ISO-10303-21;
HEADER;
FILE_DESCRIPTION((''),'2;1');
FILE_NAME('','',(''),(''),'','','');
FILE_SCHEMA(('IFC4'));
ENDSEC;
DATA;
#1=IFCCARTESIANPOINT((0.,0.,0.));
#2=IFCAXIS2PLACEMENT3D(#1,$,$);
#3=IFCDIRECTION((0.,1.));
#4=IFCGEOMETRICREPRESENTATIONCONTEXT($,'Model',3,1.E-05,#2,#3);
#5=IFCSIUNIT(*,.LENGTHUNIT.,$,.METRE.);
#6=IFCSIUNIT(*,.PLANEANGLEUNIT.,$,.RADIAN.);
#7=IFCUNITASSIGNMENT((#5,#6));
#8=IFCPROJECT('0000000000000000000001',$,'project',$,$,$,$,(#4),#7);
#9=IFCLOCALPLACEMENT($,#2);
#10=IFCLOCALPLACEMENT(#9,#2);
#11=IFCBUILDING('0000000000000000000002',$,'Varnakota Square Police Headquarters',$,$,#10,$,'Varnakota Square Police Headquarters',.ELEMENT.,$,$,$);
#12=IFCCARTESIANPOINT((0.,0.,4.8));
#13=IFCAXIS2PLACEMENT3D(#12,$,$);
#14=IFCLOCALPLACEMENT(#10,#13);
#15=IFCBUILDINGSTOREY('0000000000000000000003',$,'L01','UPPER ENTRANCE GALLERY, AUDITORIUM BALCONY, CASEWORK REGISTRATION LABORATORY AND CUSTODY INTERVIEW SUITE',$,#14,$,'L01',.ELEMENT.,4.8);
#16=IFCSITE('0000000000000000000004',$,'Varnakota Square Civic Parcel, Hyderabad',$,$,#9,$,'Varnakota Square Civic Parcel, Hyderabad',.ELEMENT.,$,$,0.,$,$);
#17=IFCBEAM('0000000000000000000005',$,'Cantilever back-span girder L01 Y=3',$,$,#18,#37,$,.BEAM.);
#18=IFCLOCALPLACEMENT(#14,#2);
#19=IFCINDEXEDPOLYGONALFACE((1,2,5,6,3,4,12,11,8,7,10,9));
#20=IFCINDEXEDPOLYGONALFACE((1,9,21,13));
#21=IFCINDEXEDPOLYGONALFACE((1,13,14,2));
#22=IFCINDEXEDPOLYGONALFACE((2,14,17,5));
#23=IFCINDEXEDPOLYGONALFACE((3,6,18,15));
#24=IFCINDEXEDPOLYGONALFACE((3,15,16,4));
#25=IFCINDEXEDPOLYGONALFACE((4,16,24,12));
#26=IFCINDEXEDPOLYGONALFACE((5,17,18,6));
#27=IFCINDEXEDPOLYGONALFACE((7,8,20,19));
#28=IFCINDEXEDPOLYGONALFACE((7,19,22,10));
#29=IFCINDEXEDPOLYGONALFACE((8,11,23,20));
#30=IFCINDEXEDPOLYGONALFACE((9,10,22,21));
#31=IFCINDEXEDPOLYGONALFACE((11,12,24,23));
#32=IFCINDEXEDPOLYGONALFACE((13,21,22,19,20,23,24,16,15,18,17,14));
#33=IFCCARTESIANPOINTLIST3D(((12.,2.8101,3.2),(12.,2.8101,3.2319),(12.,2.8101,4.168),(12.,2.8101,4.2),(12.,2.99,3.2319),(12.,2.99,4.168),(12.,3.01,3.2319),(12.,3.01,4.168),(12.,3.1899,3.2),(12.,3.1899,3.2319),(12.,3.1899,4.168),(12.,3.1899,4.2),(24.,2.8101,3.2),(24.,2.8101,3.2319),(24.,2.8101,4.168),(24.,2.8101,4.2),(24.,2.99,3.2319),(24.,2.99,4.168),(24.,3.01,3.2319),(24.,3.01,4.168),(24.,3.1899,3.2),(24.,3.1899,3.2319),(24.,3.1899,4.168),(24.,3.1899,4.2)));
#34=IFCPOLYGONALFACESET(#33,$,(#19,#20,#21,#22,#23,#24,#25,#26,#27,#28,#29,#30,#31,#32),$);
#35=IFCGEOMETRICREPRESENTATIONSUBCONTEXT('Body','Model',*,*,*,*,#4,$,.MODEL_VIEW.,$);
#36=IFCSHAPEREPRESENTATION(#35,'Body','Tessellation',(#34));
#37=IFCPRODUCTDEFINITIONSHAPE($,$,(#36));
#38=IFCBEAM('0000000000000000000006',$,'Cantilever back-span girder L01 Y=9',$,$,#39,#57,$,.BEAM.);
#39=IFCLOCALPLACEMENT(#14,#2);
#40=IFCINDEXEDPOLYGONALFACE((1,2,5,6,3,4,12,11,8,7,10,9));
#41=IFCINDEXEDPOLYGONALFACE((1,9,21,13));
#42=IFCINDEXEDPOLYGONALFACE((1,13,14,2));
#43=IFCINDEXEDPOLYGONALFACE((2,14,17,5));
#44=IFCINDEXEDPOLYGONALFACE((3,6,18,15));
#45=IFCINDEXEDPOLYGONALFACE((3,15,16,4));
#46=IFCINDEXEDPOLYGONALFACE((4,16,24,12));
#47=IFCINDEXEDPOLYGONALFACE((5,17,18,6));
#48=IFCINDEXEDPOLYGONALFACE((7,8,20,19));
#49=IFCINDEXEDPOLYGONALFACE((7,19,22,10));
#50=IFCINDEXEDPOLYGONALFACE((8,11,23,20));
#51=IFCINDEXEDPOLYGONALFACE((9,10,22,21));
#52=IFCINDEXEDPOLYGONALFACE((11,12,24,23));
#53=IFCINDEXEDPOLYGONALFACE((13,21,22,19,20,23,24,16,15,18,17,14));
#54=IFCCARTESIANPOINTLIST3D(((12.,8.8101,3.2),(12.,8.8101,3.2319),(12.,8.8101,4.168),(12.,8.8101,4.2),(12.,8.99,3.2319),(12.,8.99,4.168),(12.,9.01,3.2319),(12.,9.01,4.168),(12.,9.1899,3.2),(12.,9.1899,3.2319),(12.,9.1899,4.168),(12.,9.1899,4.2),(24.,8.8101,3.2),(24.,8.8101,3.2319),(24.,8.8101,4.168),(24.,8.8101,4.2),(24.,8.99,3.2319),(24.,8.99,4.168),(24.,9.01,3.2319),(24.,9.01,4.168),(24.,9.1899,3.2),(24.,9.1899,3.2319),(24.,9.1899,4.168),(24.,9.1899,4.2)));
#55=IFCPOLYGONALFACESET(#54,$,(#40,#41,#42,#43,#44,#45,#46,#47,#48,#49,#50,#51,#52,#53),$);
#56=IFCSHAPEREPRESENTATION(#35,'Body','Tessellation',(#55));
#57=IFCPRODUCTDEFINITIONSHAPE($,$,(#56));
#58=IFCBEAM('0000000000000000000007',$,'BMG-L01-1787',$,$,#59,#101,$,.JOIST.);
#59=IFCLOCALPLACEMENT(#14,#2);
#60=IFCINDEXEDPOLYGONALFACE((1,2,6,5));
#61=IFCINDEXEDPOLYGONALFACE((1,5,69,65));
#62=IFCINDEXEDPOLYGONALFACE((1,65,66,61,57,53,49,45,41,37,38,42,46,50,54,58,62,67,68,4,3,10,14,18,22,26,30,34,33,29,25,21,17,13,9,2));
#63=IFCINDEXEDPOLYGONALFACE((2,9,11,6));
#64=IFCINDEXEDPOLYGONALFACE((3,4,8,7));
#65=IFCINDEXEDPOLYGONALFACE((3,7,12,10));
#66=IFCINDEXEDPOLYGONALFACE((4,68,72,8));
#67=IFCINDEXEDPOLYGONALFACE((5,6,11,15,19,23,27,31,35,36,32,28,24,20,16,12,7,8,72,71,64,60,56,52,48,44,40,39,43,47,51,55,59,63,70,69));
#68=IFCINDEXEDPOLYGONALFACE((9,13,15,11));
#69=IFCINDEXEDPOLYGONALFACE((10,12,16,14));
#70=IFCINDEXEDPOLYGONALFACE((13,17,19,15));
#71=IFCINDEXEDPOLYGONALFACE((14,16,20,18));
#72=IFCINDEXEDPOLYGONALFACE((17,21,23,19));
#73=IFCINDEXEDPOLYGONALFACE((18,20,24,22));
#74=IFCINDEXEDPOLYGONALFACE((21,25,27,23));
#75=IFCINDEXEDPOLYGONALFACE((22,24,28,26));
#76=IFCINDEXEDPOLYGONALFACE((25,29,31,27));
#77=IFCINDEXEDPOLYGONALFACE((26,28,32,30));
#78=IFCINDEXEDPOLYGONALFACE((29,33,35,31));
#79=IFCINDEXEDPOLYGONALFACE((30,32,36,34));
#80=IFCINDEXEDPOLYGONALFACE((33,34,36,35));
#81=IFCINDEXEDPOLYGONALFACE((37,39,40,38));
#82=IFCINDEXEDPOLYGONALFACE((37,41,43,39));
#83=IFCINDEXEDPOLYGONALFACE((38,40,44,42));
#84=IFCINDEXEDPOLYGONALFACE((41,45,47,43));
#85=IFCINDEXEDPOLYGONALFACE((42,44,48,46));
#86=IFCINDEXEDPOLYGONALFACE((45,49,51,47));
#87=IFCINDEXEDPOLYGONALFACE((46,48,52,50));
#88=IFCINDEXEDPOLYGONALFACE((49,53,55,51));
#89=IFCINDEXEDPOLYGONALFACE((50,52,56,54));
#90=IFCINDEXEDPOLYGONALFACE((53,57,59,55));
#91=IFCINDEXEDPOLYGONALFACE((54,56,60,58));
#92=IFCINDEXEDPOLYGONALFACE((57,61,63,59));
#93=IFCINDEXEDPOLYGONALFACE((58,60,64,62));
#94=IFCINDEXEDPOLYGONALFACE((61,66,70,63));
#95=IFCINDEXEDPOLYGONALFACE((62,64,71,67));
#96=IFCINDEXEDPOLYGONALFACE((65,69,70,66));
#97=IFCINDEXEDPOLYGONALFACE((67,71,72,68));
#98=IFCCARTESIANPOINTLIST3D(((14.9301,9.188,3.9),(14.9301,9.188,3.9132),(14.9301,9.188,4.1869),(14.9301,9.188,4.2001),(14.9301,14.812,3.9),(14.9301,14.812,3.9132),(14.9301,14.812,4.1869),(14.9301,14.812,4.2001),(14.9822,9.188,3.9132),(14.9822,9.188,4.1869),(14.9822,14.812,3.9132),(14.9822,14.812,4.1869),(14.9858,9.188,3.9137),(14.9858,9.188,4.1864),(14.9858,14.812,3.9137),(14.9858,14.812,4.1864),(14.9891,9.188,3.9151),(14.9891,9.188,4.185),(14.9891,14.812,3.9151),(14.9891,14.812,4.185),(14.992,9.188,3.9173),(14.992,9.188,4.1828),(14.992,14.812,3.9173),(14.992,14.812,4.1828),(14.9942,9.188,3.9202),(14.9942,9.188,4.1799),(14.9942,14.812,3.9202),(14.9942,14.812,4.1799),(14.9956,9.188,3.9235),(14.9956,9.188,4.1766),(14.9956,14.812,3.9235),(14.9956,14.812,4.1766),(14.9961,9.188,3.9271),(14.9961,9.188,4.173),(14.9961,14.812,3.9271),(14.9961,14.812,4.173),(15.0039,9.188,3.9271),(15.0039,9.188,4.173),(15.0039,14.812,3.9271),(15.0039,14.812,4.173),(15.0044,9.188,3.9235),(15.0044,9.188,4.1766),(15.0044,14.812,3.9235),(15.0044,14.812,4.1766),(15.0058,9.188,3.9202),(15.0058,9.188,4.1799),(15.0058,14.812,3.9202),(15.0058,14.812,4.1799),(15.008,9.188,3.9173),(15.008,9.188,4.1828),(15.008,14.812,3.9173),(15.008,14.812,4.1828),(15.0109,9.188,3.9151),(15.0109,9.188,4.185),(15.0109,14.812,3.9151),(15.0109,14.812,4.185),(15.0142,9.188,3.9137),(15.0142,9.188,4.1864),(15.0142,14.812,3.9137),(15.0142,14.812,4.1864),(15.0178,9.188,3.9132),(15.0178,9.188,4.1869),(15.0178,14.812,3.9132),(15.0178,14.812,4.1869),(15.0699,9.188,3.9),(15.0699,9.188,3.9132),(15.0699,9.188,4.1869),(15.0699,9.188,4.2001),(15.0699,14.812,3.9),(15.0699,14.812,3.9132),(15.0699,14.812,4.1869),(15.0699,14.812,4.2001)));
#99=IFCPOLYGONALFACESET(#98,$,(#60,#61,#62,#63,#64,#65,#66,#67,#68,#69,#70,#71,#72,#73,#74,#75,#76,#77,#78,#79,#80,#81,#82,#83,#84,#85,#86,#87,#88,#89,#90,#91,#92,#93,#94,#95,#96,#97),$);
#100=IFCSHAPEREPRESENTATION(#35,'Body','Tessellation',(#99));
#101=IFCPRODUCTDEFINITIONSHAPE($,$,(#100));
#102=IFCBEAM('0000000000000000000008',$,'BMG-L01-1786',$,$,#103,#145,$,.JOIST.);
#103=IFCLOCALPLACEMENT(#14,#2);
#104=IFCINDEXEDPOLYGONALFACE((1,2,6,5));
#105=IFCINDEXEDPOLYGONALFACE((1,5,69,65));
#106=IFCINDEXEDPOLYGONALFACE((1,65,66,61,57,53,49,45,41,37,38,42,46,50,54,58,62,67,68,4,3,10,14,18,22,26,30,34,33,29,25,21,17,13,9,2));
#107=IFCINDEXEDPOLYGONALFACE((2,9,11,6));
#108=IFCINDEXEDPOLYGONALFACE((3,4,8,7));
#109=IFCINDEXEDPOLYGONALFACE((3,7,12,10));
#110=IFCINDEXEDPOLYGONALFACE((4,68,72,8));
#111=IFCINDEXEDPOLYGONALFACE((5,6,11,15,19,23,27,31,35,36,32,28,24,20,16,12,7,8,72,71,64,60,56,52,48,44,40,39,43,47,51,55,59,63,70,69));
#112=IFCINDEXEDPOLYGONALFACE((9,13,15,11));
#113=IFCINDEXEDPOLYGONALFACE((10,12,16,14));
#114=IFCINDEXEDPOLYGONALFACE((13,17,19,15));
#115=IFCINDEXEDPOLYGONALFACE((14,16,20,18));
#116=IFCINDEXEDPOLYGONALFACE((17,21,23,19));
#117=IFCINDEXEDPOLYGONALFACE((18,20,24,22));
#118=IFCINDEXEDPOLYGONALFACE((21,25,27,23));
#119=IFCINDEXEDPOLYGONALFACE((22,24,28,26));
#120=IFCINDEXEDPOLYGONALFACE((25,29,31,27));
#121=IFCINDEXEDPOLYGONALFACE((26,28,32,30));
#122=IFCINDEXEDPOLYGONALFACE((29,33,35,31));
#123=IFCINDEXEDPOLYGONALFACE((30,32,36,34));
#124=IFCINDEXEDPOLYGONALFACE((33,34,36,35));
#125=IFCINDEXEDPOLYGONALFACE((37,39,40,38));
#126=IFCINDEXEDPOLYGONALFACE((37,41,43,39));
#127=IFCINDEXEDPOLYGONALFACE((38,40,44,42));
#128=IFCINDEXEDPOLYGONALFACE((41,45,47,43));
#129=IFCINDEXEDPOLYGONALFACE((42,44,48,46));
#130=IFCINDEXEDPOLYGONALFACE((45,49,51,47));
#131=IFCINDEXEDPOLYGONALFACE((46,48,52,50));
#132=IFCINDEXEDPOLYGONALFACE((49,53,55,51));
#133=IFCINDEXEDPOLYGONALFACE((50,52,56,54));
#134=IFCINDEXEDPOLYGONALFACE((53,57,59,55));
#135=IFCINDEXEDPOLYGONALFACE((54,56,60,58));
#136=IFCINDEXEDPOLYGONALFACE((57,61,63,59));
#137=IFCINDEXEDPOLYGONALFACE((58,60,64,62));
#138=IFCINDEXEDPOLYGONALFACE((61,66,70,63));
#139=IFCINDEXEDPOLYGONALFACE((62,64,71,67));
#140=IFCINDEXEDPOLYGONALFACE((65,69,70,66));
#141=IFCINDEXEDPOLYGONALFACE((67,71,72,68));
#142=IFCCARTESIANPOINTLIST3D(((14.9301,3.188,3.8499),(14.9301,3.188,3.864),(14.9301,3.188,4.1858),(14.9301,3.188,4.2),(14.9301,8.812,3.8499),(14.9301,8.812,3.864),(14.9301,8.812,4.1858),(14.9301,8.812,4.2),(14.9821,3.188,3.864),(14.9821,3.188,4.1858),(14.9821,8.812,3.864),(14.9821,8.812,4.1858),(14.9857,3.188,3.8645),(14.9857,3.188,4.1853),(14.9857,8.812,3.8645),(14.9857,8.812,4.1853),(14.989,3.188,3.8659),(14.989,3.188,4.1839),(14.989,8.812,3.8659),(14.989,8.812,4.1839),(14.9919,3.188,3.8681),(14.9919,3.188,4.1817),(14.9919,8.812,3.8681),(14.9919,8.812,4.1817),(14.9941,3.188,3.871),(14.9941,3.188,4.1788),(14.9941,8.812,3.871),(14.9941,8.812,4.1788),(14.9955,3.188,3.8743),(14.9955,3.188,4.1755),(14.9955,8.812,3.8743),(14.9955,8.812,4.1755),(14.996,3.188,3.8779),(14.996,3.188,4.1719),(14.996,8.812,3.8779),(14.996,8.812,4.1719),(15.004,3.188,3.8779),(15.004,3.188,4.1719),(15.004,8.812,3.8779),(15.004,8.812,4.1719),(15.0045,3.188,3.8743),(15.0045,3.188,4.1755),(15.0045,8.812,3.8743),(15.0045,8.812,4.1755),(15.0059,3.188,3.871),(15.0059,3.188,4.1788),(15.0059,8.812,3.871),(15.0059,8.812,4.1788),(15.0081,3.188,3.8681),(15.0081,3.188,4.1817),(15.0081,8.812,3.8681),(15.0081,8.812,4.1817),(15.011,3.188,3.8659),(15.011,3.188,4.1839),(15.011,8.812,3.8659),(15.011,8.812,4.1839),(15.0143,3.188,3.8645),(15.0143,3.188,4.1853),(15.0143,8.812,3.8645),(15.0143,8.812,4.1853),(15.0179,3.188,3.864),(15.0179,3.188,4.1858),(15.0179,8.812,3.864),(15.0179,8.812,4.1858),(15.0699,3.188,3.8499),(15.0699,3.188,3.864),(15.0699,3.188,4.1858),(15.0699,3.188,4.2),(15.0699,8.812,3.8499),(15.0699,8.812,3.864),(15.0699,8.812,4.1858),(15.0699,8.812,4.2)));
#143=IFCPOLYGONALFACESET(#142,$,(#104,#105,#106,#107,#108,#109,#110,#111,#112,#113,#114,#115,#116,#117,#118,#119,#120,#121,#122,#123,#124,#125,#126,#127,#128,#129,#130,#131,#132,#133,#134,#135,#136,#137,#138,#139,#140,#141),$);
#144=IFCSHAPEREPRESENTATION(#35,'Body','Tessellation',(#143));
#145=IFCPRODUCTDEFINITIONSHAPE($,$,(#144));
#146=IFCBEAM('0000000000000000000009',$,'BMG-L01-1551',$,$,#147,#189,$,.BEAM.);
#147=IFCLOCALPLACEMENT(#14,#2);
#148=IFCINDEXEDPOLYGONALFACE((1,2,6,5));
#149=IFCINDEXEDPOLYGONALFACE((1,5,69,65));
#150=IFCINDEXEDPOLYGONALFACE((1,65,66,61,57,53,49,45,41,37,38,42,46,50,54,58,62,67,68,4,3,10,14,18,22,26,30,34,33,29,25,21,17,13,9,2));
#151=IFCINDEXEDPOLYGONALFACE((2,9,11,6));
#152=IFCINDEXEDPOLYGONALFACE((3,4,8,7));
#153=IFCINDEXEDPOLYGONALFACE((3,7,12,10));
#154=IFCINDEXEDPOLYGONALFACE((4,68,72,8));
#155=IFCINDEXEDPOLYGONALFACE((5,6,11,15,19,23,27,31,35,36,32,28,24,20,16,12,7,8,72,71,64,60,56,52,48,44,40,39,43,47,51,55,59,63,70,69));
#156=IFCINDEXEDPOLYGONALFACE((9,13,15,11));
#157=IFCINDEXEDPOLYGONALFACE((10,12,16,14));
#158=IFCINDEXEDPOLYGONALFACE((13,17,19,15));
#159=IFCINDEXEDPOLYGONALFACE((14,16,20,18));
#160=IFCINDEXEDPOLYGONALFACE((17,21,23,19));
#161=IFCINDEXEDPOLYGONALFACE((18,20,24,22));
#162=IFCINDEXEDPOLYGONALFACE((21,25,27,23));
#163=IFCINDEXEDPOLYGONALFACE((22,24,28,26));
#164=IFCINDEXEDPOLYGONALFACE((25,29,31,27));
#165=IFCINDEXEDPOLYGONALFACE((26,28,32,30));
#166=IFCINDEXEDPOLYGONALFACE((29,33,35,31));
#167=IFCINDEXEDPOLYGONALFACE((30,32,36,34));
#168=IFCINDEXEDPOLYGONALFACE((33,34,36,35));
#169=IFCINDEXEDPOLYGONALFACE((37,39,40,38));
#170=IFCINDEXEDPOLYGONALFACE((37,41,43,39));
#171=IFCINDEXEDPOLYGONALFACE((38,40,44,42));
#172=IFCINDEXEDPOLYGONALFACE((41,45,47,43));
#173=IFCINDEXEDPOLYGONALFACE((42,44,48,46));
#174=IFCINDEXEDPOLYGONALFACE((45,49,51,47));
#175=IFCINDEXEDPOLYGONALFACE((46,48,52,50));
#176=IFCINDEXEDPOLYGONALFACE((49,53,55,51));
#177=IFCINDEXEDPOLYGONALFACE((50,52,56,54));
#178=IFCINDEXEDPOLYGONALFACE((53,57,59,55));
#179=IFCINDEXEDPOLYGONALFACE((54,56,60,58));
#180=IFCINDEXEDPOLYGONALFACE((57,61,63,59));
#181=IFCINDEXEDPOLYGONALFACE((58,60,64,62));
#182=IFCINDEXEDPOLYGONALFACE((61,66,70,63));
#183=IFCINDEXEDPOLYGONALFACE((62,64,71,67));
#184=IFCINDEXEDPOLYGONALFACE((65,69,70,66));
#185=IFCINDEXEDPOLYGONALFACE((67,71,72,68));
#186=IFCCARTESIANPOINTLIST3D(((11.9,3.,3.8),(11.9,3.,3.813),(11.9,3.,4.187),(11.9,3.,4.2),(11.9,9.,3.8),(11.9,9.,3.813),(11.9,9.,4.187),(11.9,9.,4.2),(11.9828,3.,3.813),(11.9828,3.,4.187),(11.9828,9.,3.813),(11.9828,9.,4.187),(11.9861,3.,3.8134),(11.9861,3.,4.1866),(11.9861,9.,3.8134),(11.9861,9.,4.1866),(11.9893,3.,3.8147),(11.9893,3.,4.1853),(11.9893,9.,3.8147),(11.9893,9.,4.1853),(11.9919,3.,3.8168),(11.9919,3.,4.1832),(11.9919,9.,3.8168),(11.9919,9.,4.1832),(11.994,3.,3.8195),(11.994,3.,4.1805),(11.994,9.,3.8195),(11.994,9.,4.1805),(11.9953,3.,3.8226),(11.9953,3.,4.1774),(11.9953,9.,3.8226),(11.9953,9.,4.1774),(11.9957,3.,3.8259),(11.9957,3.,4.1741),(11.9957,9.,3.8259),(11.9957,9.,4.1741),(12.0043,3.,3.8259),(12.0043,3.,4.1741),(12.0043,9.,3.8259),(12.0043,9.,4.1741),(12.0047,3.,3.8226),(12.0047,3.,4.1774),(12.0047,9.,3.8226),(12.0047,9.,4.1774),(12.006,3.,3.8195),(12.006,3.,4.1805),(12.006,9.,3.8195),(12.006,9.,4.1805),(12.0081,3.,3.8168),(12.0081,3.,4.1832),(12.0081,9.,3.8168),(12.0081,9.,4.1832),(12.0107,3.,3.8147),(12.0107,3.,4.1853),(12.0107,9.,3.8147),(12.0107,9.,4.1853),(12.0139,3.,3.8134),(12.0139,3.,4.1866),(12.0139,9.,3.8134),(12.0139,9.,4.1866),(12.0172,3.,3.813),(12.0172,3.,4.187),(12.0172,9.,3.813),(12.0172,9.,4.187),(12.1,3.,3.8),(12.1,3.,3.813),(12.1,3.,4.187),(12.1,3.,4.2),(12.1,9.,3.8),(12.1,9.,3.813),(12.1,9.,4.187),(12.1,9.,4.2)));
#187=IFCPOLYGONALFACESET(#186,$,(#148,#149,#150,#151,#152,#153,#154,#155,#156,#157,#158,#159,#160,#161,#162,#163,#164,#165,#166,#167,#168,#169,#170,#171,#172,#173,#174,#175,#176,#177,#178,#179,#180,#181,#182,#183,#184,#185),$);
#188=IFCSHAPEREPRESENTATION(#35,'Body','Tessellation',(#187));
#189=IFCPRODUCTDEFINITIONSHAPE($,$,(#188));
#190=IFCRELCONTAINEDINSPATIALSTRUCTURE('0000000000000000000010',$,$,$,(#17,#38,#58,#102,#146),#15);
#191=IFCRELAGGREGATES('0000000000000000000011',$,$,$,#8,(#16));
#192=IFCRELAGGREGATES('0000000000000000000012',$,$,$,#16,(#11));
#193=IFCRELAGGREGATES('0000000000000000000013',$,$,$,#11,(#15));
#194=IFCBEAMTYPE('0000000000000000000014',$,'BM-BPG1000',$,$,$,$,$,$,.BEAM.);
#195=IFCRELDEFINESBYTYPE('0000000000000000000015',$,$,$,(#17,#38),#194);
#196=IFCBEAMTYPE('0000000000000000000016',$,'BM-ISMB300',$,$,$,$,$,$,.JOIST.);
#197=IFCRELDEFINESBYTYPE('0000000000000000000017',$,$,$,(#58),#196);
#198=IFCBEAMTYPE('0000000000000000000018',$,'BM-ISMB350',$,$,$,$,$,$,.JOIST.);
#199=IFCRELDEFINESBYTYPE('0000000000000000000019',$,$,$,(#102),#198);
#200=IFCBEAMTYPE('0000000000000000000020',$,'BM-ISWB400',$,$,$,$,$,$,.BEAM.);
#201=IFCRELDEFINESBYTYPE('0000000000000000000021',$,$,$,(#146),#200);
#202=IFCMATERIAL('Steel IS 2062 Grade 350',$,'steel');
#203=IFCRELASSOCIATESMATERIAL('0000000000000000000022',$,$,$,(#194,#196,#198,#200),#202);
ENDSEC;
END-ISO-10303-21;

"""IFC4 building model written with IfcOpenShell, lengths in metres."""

from ifc_helpers import new_model, si_unit, direction, frame, origin, origin_2d, place, context, subcontext, project, spatial, i_section, extrude, material, material_profile, profile_set, type_object, element, save


model = new_model("IFC4")

# Units and contexts
model_context = context("Model", 3, precision=1e-05, world=origin(), true_north=direction((0.0, 1.0)))
body_context = subcontext(model_context, "Body", "Model", "MODEL_VIEW")
ifc_project = project(units=[si_unit("LENGTHUNIT", "METRE"), si_unit("PLANEANGLEUNIT", "RADIAN")], contexts=[model_context])

# Site, building, storey
site_placement = place(None, origin())
site = spatial("IfcSite", under=ifc_project, at=site_placement, Name="Varnakota Square Civic Parcel, Hyderabad", LongName="Varnakota Square Civic Parcel, Hyderabad", CompositionType="ELEMENT", RefElevation=0.0)
building_placement = place(site_placement, origin())
building = spatial("IfcBuilding", under=site, at=building_placement, Name="Varnakota Square Police Headquarters", LongName="Varnakota Square Police Headquarters", CompositionType="ELEMENT")
storey_placement = place(building_placement, frame((0.0, 0.0, 4.8)))
storey = spatial("IfcBuildingStorey", under=building, at=storey_placement, Name="L01", Description="UPPER ENTRANCE GALLERY, AUDITORIUM BALCONY, CASEWORK REGISTRATION LABORATORY AND CUSTODY INTERVIEW SUITE", LongName="L01", CompositionType="ELEMENT", Elevation=4.8)

# Shared definitions
ifc_material_1 = material(Name="Steel IS 2062 Grade 350", Category="steel")

# Beams
ifc_material_profile_1 = material_profile(ifc_material_1, i_section(OverallWidth=0.3799, OverallDepth=1.0, WebThickness=0.02, FlangeThickness=0.032, at=origin_2d()), Name="BPG 1000x380")
ifc_profile_set_1 = profile_set([ifc_material_profile_1], Name="Steel IS 2062 Grade 350")
beam_type_1 = type_object("IfcBeamType", Name="BM-BPG1000", PredefinedType="BEAM", material=ifc_profile_set_1)
for number, where, z_axis, x_axis, name in (
    (1, (12.0, 3.0, 3.7), (1.0, 0.0, 0.0), (0.0, 1.0, 0.0), "Cantilever back-span girder L01 Y=3"),
    (2, (12.0, 9.0, 3.7), (1.0, 0.0, 0.0), (0.0, 1.0, 0.0), "Cantilever back-span girder L01 Y=9"),
):
    element("IfcBeam", number, at=place(storey_placement, frame(where, z_axis=z_axis, x_axis=x_axis)), inside=storey, type_object=beam_type_1, Name=name, PredefinedType="BEAM", context=body_context, shape_type="SweptSolid", body=[
        extrude(i_section(OverallWidth=0.3799, OverallDepth=1.0, WebThickness=0.02, FlangeThickness=0.032, at=origin_2d()), origin(), (0.0, 0.0, 1.0), 12.0),
    ])
ifc_material_profile_2 = material_profile(ifc_material_1, i_section(OverallWidth=0.1399, OverallDepth=0.3, WebThickness=0.0078, FlangeThickness=0.0132, FilletRadius=0.0139, at=origin_2d()), Name="ISMB 300")
ifc_profile_set_2 = profile_set([ifc_material_profile_2], Name="Steel IS 2062 Grade 350")
beam_type_2 = type_object("IfcBeamType", Name="BM-ISMB300", PredefinedType="JOIST", material=ifc_profile_set_2)
beam_1_placement = place(storey_placement, frame((15.0, 9.188, 4.05), z_axis=(0.0, 1.0, 0.0), x_axis=(-1.0, 0.0, 0.0)))
element("IfcBeam", 3, at=beam_1_placement, inside=storey, type_object=beam_type_2, Name="BMG-L01-1787", PredefinedType="JOIST", context=body_context, shape_type="SweptSolid", body=[
    extrude(i_section(OverallWidth=0.1399, OverallDepth=0.3, WebThickness=0.0078, FlangeThickness=0.0132, FilletRadius=0.0139, at=origin_2d()), origin(), (0.0, 0.0, 1.0), 5.624),
])
ifc_material_profile_3 = material_profile(ifc_material_1, i_section(OverallWidth=0.1399, OverallDepth=0.3501, WebThickness=0.0081, FlangeThickness=0.0142, FilletRadius=0.0139, at=origin_2d()), Name="ISMB 350")
ifc_profile_set_3 = profile_set([ifc_material_profile_3], Name="Steel IS 2062 Grade 350")
beam_type_3 = type_object("IfcBeamType", Name="BM-ISMB350", PredefinedType="JOIST", material=ifc_profile_set_3)
beam_2_placement = place(storey_placement, frame((15.0, 3.188, 4.0249), z_axis=(0.0, 1.0, 0.0), x_axis=(-1.0, 0.0, 0.0)))
element("IfcBeam", 4, at=beam_2_placement, inside=storey, type_object=beam_type_3, Name="BMG-L01-1786", PredefinedType="JOIST", context=body_context, shape_type="SweptSolid", body=[
    extrude(i_section(OverallWidth=0.1399, OverallDepth=0.3501, WebThickness=0.0081, FlangeThickness=0.0142, FilletRadius=0.0139, at=origin_2d()), origin(), (0.0, 0.0, 1.0), 5.624),
])
ifc_material_profile_4 = material_profile(ifc_material_1, i_section(OverallWidth=0.2, OverallDepth=0.3999, WebThickness=0.0085, FlangeThickness=0.0129, FilletRadius=0.0129, at=origin_2d()), Name="ISWB 400")
ifc_profile_set_4 = profile_set([ifc_material_profile_4], Name="Steel IS 2062 Grade 350")
beam_type_4 = type_object("IfcBeamType", Name="BM-ISWB400", PredefinedType="BEAM", material=ifc_profile_set_4)
for number, where, z_axis, x_axis, name in (
    (5, (12.0, 3.0, 4.0), (0.0, 1.0, 0.0), (-1.0, 0.0, 0.0), "BMG-L01-1551"),
):
    element("IfcBeam", number, at=place(storey_placement, frame(where, z_axis=z_axis, x_axis=x_axis)), inside=storey, type_object=beam_type_4, Name=name, PredefinedType="BEAM", context=body_context, shape_type="SweptSolid", body=[
        extrude(i_section(OverallWidth=0.2, OverallDepth=0.3999, WebThickness=0.0085, FlangeThickness=0.0129, FilletRadius=0.0129, at=origin_2d()), origin(), (0.0, 0.0, 1.0), 6.0),
    ])

save(model, "model.ifc")
